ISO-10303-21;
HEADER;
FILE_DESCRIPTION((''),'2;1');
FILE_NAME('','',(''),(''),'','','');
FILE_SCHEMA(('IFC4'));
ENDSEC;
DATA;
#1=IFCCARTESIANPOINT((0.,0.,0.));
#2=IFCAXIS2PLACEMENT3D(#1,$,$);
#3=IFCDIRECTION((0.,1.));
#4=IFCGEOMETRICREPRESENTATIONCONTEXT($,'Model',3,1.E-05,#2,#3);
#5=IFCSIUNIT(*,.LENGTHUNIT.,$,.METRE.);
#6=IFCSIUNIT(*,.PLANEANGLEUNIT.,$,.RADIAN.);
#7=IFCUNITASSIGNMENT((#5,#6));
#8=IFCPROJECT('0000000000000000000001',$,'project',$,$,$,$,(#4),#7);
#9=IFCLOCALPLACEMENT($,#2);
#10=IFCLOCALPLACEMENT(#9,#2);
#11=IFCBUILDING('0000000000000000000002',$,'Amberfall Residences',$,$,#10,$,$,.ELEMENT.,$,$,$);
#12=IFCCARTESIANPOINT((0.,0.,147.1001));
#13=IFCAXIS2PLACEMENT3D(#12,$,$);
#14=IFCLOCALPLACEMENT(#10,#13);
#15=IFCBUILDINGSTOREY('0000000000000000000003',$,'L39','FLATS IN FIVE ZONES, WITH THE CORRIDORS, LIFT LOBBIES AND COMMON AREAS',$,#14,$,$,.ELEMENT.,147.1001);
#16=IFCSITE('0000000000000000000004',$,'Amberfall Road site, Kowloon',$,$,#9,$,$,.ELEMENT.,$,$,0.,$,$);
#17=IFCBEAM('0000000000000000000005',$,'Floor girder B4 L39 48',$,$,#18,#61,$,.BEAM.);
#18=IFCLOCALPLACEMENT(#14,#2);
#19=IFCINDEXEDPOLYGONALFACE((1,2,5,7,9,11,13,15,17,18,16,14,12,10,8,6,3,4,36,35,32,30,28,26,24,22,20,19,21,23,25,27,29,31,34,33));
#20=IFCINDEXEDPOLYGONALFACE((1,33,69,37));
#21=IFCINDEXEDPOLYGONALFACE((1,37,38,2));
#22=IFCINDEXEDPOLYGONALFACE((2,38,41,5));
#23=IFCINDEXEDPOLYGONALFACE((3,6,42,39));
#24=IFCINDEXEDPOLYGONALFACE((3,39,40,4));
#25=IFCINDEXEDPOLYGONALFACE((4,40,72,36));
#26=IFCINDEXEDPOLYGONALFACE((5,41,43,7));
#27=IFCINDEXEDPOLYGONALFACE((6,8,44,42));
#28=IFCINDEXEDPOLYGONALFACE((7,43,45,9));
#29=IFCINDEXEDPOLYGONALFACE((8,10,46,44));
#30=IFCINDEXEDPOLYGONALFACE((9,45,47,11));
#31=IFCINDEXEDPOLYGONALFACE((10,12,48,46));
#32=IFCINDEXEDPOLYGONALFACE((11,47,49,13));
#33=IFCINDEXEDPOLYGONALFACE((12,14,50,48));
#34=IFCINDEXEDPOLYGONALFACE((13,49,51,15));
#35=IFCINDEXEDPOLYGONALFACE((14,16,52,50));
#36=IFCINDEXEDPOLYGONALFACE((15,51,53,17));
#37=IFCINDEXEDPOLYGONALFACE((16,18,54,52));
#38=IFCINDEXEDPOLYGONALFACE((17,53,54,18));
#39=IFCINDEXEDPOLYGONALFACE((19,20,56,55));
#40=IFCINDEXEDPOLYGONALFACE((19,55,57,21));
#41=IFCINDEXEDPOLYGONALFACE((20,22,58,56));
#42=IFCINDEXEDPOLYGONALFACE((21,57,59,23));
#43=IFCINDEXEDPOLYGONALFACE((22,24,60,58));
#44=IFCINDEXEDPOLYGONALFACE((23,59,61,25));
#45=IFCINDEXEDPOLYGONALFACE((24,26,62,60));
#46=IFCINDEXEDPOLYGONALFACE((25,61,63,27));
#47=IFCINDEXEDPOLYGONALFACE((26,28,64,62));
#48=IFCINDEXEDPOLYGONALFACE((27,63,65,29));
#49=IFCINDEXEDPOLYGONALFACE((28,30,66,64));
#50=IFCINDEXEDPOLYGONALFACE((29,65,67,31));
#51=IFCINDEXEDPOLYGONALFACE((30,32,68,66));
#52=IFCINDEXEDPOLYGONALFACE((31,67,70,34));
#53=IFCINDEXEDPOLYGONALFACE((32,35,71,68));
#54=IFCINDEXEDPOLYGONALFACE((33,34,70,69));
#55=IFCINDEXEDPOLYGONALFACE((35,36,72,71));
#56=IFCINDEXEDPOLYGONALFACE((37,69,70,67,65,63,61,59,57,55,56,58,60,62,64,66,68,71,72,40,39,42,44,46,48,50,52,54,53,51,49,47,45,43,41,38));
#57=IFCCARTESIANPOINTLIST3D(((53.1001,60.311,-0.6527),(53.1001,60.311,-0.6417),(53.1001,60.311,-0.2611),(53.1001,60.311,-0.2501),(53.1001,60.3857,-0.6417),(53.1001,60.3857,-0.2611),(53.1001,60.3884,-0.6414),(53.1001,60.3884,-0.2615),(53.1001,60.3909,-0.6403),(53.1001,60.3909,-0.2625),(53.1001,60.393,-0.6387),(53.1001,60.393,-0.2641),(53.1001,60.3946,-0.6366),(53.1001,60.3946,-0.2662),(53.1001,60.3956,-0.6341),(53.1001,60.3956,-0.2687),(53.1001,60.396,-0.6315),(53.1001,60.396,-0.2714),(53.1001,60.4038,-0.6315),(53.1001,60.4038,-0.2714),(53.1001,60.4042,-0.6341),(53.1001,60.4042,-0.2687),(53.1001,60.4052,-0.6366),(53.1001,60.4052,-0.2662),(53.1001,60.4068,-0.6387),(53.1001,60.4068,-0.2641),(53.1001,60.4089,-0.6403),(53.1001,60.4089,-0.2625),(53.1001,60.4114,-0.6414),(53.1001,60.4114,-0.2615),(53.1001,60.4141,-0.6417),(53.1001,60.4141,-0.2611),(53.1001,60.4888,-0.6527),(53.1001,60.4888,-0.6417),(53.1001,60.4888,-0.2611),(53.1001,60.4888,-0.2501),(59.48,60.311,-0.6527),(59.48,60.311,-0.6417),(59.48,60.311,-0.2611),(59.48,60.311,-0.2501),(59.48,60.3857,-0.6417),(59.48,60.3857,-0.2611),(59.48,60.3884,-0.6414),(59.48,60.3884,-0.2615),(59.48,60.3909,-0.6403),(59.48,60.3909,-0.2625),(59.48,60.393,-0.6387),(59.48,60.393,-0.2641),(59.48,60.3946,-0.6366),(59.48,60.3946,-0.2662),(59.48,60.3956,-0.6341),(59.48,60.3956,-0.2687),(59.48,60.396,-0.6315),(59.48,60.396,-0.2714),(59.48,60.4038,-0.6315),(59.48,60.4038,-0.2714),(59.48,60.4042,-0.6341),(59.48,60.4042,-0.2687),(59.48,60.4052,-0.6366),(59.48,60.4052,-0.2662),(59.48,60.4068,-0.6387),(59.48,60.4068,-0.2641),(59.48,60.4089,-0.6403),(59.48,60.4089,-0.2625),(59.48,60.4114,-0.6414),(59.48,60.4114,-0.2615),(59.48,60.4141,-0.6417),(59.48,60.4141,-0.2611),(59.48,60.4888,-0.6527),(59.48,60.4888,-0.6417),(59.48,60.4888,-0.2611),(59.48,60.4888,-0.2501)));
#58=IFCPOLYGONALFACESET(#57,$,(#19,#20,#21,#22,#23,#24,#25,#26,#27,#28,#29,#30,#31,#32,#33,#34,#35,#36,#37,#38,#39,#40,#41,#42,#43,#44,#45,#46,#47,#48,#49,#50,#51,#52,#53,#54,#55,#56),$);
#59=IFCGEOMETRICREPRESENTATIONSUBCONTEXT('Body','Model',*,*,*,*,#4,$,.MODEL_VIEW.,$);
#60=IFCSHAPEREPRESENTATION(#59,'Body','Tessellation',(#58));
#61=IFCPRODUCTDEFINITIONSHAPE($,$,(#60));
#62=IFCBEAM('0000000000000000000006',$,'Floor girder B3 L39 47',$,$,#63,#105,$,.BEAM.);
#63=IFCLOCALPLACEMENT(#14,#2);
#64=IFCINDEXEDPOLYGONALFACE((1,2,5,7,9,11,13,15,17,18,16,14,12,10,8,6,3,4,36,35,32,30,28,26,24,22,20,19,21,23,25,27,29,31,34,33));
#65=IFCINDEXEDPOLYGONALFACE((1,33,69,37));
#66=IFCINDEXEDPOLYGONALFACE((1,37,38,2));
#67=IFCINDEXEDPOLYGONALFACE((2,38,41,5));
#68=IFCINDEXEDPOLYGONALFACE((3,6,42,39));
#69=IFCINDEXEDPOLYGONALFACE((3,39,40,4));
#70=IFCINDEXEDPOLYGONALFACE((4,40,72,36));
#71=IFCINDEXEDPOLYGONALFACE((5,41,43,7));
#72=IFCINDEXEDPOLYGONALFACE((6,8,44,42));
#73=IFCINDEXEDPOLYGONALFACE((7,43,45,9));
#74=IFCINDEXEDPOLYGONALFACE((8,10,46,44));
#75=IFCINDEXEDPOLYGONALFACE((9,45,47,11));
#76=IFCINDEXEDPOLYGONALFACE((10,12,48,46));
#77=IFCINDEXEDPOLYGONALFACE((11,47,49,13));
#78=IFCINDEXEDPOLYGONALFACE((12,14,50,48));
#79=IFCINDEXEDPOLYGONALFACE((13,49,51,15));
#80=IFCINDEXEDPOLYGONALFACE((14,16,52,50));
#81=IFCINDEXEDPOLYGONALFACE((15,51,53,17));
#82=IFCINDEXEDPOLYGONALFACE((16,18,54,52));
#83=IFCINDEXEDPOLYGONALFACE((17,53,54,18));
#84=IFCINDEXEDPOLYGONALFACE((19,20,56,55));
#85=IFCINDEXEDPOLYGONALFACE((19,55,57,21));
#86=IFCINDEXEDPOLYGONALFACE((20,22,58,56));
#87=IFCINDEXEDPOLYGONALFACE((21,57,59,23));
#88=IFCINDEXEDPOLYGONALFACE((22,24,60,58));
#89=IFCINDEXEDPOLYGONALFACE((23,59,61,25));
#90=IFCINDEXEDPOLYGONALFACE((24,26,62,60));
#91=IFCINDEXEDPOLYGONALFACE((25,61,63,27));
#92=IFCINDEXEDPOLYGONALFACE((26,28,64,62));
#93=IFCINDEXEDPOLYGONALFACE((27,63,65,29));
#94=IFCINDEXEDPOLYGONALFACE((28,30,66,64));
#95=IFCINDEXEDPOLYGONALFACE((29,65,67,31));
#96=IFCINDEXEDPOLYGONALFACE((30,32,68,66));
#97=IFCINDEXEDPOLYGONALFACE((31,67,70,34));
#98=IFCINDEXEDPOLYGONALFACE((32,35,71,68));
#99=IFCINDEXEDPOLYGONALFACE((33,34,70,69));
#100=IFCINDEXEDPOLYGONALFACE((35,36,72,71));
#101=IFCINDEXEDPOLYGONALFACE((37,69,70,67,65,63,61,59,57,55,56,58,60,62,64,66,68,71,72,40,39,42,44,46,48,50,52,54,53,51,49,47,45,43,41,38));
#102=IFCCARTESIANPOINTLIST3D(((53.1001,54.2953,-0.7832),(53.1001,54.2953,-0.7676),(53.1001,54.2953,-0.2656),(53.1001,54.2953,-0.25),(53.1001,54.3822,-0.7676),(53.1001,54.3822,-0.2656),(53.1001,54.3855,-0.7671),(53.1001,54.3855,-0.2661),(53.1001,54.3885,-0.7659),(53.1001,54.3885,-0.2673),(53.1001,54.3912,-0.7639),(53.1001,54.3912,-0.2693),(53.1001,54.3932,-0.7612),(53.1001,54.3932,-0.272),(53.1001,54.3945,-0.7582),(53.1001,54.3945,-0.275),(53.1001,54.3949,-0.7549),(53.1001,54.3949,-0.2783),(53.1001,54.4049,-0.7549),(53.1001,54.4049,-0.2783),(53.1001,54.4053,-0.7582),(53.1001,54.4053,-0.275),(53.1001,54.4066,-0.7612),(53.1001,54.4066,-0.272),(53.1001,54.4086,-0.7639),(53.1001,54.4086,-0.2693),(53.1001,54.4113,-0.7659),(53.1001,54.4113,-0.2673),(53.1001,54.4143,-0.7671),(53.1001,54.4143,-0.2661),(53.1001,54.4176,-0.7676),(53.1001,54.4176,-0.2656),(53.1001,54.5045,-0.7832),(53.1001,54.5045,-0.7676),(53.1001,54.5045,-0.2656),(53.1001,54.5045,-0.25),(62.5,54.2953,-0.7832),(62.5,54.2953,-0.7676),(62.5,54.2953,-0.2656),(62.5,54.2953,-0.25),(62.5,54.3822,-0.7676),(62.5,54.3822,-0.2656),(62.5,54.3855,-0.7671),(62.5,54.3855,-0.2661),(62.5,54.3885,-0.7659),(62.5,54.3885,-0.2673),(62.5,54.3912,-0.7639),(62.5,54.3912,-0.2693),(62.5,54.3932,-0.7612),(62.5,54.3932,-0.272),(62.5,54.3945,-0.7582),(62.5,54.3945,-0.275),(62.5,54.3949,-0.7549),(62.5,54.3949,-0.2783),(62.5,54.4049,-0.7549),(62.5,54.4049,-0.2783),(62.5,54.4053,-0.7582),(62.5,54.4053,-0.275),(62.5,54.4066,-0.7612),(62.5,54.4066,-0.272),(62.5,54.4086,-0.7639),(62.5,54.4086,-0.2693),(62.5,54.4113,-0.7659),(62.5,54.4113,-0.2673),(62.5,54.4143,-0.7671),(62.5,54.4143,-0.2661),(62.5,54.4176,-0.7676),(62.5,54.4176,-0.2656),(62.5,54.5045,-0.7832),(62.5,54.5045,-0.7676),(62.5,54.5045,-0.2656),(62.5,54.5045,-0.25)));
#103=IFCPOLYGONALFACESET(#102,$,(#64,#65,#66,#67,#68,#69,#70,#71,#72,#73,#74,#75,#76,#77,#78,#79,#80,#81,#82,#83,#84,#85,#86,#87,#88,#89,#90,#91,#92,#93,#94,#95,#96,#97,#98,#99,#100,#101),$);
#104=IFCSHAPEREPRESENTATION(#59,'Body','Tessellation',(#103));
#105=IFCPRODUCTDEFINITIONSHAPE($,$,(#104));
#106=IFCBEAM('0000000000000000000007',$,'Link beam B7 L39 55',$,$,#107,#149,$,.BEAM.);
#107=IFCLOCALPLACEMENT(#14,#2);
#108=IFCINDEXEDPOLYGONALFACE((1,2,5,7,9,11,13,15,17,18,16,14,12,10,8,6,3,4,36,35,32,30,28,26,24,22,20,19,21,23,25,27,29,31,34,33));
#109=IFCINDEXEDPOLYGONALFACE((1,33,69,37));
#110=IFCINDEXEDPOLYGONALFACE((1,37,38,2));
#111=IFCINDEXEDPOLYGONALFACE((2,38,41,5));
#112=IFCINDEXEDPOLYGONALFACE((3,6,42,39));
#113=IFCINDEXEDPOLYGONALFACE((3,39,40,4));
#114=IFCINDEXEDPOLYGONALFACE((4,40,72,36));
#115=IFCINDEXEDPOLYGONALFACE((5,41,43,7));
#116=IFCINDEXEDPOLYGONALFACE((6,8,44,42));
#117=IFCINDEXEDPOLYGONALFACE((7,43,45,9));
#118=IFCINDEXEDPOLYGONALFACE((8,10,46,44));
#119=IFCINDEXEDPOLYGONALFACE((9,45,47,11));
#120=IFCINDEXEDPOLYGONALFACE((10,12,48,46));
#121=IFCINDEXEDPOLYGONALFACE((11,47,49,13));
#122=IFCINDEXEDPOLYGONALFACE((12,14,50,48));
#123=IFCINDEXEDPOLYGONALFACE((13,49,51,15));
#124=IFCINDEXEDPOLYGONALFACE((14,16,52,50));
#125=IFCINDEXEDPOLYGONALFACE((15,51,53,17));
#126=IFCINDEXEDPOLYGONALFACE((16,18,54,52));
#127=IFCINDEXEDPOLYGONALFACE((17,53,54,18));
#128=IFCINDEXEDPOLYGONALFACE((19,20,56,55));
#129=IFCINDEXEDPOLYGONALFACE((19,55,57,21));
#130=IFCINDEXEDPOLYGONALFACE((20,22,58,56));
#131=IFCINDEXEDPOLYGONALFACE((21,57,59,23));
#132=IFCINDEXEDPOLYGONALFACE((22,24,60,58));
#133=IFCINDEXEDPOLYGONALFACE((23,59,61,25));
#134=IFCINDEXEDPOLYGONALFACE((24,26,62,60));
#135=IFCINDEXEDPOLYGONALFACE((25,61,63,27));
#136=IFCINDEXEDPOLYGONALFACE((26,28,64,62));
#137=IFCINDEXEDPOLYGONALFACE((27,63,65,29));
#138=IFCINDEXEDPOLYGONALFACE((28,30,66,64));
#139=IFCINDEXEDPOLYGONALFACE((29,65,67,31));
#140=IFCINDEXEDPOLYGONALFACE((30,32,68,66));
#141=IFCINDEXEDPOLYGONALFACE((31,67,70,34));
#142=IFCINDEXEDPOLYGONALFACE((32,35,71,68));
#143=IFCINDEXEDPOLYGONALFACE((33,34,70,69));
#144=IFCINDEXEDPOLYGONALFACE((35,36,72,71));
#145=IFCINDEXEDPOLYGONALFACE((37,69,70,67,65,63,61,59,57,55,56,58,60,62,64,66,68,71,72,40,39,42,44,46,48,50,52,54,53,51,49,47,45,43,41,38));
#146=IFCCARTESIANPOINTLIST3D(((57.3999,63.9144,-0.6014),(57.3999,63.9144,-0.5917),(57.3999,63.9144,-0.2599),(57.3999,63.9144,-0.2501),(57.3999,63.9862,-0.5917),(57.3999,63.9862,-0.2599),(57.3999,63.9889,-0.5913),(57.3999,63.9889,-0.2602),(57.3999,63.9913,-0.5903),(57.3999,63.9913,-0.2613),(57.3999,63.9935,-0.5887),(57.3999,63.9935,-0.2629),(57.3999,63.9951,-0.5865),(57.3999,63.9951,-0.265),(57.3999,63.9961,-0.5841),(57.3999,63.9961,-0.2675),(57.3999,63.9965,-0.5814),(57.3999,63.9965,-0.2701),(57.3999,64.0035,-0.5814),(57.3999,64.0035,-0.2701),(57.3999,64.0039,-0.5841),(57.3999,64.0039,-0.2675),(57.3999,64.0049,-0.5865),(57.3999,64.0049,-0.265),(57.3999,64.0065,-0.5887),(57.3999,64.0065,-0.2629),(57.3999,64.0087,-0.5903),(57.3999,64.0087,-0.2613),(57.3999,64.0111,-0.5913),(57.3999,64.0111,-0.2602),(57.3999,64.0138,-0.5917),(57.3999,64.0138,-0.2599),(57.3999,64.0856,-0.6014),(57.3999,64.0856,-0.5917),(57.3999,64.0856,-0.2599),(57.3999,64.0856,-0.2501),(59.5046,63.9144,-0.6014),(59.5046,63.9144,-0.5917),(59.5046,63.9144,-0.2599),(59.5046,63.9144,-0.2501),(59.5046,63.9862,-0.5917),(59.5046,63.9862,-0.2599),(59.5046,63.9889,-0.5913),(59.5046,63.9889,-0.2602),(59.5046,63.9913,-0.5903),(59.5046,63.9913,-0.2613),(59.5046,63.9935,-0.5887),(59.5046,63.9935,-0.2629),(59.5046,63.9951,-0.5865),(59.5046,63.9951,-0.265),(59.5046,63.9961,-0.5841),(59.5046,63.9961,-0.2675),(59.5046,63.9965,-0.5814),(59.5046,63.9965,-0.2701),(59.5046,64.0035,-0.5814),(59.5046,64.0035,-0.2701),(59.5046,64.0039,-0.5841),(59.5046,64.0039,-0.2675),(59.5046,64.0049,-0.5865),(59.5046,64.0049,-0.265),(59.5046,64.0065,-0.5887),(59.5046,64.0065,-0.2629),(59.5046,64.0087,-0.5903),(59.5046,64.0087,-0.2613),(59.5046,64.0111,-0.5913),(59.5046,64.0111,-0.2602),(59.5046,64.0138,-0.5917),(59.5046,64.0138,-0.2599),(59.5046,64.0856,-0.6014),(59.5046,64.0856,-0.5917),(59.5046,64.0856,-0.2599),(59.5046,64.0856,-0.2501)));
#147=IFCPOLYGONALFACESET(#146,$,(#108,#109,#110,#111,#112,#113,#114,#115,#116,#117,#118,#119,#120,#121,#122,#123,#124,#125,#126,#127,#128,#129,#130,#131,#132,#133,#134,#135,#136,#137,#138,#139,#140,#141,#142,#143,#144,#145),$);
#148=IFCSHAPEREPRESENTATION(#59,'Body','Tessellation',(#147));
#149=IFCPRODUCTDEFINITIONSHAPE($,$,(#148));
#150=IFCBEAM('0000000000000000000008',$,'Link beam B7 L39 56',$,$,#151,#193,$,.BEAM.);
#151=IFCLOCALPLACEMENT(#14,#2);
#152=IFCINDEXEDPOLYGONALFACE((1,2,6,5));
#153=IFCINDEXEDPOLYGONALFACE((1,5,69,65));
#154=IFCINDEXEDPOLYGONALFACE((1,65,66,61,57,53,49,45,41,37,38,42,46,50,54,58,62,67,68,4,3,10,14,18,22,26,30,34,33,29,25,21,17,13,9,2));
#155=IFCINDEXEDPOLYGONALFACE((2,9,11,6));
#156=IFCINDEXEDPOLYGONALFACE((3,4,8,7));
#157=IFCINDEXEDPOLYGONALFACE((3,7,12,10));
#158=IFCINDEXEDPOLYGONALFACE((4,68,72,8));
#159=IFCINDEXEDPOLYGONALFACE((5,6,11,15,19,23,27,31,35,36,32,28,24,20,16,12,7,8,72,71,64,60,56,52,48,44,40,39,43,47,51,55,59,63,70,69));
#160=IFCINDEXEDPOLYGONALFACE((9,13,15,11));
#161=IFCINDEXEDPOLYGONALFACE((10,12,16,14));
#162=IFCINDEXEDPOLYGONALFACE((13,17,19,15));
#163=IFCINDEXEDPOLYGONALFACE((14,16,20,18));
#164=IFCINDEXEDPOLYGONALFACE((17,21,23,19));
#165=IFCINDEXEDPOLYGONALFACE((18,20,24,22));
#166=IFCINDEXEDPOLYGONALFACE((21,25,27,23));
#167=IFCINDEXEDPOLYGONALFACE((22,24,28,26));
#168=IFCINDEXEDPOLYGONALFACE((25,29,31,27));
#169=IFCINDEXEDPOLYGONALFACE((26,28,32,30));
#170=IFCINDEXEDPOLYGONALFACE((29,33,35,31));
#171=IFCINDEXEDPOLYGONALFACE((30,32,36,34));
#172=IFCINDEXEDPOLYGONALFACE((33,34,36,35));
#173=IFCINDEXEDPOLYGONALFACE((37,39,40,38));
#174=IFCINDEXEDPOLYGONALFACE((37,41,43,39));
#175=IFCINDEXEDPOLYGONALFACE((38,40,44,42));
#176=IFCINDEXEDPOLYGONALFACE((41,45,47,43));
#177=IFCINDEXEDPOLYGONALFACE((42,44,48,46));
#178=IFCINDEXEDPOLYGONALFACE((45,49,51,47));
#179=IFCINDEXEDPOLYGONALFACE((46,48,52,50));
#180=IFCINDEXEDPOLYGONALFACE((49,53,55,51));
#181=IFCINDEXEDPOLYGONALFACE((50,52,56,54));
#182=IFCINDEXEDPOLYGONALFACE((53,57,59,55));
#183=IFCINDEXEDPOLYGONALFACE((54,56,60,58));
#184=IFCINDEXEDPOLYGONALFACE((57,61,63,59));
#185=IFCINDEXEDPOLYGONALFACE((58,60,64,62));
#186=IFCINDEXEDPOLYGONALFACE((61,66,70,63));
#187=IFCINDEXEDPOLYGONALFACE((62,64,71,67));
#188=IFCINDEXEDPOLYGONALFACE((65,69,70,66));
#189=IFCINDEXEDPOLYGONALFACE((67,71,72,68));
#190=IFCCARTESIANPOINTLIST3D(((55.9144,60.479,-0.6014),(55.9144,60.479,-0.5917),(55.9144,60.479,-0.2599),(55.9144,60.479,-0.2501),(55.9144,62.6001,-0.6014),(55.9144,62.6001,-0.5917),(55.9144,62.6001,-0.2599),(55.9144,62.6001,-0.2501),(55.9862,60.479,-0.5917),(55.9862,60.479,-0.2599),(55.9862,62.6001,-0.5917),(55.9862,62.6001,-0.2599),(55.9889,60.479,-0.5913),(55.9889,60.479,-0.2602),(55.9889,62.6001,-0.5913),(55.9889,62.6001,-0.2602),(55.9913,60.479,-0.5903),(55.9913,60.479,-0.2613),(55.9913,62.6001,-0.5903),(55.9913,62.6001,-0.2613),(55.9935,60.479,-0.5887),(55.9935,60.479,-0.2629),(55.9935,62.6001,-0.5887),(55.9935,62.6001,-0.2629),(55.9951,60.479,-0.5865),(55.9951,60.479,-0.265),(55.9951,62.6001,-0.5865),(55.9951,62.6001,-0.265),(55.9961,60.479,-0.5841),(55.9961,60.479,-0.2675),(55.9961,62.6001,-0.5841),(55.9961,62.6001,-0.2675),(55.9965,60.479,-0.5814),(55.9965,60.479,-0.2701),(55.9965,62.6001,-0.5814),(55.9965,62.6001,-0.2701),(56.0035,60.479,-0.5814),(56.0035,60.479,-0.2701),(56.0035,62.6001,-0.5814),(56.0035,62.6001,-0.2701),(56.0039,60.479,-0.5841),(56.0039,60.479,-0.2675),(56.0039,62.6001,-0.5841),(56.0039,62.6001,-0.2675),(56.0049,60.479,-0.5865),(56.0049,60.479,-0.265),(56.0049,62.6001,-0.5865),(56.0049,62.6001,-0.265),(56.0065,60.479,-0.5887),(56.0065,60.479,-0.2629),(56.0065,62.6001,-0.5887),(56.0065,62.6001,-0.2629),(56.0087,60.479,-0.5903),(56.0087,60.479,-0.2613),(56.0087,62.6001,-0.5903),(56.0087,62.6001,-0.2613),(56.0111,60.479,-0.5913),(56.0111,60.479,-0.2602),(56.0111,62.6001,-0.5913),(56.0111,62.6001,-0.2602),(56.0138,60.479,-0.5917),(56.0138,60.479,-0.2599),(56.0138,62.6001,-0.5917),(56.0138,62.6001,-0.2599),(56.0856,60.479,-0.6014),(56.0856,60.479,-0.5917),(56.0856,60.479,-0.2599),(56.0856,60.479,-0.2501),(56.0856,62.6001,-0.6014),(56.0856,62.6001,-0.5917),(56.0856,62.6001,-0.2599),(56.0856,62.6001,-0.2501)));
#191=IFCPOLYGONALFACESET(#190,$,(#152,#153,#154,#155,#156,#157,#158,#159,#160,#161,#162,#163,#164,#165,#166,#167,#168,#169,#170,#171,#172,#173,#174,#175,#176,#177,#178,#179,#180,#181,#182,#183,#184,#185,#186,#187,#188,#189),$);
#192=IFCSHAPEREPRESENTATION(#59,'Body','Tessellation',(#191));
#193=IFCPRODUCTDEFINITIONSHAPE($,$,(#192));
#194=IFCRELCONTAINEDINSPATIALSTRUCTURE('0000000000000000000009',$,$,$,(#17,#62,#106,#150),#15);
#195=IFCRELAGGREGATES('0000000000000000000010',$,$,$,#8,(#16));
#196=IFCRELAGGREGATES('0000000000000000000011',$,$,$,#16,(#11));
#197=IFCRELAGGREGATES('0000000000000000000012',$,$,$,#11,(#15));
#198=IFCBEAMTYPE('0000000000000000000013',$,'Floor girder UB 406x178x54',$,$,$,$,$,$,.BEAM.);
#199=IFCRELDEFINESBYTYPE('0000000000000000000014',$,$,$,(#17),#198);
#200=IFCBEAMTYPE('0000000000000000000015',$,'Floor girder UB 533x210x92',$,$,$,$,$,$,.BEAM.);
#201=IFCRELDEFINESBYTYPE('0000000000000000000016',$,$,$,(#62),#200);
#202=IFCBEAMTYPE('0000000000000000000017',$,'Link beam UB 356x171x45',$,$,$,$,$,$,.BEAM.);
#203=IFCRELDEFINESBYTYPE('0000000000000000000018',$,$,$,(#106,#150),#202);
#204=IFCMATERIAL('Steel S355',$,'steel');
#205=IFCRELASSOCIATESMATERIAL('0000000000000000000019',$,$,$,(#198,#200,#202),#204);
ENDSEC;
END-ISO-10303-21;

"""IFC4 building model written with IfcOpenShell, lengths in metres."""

from ifc_helpers import new_model, si_unit, direction, frame, origin, origin_2d, place, context, subcontext, project, spatial, i_section, extrude, material, material_profile, profile_set, type_object, element, save


model = new_model("IFC4")

# Units and contexts
model_context = context("Model", 3, precision=1e-05, world=origin(), true_north=direction((0.0, 1.0)))
body_context = subcontext(model_context, "Body", "Model", "MODEL_VIEW")
ifc_project = project(units=[si_unit("LENGTHUNIT", "METRE"), si_unit("PLANEANGLEUNIT", "RADIAN")], contexts=[model_context])

# Site, building, storey
site_placement = place(None, origin())
site = spatial("IfcSite", under=ifc_project, at=site_placement, Name="Amberfall Road site, Kowloon", CompositionType="ELEMENT", RefElevation=0.0)
building_placement = place(site_placement, origin())
building = spatial("IfcBuilding", under=site, at=building_placement, Name="Amberfall Residences", CompositionType="ELEMENT")
storey_placement = place(building_placement, frame((0.0, 0.0, 147.1001)))
storey = spatial("IfcBuildingStorey", under=building, at=storey_placement, Name="L39", Description="FLATS IN FIVE ZONES, WITH THE CORRIDORS, LIFT LOBBIES AND COMMON AREAS", CompositionType="ELEMENT", Elevation=147.1001)

# Shared definitions
ifc_material_1 = material(Name="Steel S355", Category="steel")

# Beams
ifc_material_profile_1 = material_profile(ifc_material_1, i_section(OverallWidth=0.1777, OverallDepth=0.4026, WebThickness=0.0078, FlangeThickness=0.011, FilletRadius=0.0103, at=origin_2d()), Name="UB 406x178x54")
ifc_profile_set_1 = profile_set([ifc_material_profile_1], Name="Steel S355")
beam_type_1 = type_object("IfcBeamType", Name="Floor girder UB 406x178x54", PredefinedType="BEAM", material=ifc_profile_set_1)
beam_1_placement = place(storey_placement, frame((53.1001, 60.3999, -0.4514), z_axis=(1.0, 0.0, 0.0), x_axis=(0.0, 1.0, 0.0)))
element("IfcBeam", 1, at=beam_1_placement, inside=storey, type_object=beam_type_1, Name="Floor girder B4 L39 48", PredefinedType="BEAM", context=body_context, shape_type="SweptSolid", body=[
    extrude(i_section(OverallWidth=0.1777, OverallDepth=0.4026, WebThickness=0.0078, FlangeThickness=0.011, FilletRadius=0.0103, at=origin_2d()), origin(), (0.0, 0.0, 1.0), 6.3799),
])
ifc_material_profile_2 = material_profile(ifc_material_1, i_section(OverallWidth=0.2092, OverallDepth=0.5332, WebThickness=0.01, FlangeThickness=0.0156, FilletRadius=0.0127, at=origin_2d()), Name="UB 533x210x92")
ifc_profile_set_2 = profile_set([ifc_material_profile_2], Name="Steel S355")
beam_type_2 = type_object("IfcBeamType", Name="Floor girder UB 533x210x92", PredefinedType="BEAM", material=ifc_profile_set_2)
beam_2_placement = place(storey_placement, frame((53.1001, 54.3999, -0.5166), z_axis=(1.0, 0.0, 0.0), x_axis=(0.0, 1.0, 0.0)))
element("IfcBeam", 2, at=beam_2_placement, inside=storey, type_object=beam_type_2, Name="Floor girder B3 L39 47", PredefinedType="BEAM", context=body_context, shape_type="SweptSolid", body=[
    extrude(i_section(OverallWidth=0.2092, OverallDepth=0.5332, WebThickness=0.01, FlangeThickness=0.0156, FilletRadius=0.0127, at=origin_2d()), origin(), (0.0, 0.0, 1.0), 9.3999),
])
ifc_material_profile_3 = material_profile(ifc_material_1, i_section(OverallWidth=0.1711, OverallDepth=0.3513, WebThickness=0.0071, FlangeThickness=0.0098, FilletRadius=0.0103, at=origin_2d()), Name="UB 356x171x45")
ifc_profile_set_3 = profile_set([ifc_material_profile_3], Name="Steel S355")
beam_type_3 = type_object("IfcBeamType", Name="Link beam UB 356x171x45", PredefinedType="BEAM", material=ifc_profile_set_3)
beam_3_placement = place(storey_placement, frame((57.3999, 64.0, -0.4258), z_axis=(1.0, 0.0, 0.0), x_axis=(0.0, 1.0, 0.0)))
element("IfcBeam", 3, at=beam_3_placement, inside=storey, type_object=beam_type_3, Name="Link beam B7 L39 55", PredefinedType="BEAM", context=body_context, shape_type="SweptSolid", body=[
    extrude(i_section(OverallWidth=0.1711, OverallDepth=0.3513, WebThickness=0.0071, FlangeThickness=0.0098, FilletRadius=0.0103, at=origin_2d()), origin(), (0.0, 0.0, 1.0), 2.1047),
])
beam_4_placement = place(storey_placement, frame((56.0, 62.6001, -0.4258), z_axis=(0.0, -1.0, 0.0), x_axis=(1.0, 0.0, 0.0)))
element("IfcBeam", 4, at=beam_4_placement, inside=storey, type_object=beam_type_3, Name="Link beam B7 L39 56", PredefinedType="BEAM", context=body_context, shape_type="SweptSolid", body=[
    extrude(i_section(OverallWidth=0.1711, OverallDepth=0.3513, WebThickness=0.0071, FlangeThickness=0.0098, FilletRadius=0.0103, at=origin_2d()), origin(), (0.0, 0.0, 1.0), 2.1211),
])

save(model, "model.ifc")
